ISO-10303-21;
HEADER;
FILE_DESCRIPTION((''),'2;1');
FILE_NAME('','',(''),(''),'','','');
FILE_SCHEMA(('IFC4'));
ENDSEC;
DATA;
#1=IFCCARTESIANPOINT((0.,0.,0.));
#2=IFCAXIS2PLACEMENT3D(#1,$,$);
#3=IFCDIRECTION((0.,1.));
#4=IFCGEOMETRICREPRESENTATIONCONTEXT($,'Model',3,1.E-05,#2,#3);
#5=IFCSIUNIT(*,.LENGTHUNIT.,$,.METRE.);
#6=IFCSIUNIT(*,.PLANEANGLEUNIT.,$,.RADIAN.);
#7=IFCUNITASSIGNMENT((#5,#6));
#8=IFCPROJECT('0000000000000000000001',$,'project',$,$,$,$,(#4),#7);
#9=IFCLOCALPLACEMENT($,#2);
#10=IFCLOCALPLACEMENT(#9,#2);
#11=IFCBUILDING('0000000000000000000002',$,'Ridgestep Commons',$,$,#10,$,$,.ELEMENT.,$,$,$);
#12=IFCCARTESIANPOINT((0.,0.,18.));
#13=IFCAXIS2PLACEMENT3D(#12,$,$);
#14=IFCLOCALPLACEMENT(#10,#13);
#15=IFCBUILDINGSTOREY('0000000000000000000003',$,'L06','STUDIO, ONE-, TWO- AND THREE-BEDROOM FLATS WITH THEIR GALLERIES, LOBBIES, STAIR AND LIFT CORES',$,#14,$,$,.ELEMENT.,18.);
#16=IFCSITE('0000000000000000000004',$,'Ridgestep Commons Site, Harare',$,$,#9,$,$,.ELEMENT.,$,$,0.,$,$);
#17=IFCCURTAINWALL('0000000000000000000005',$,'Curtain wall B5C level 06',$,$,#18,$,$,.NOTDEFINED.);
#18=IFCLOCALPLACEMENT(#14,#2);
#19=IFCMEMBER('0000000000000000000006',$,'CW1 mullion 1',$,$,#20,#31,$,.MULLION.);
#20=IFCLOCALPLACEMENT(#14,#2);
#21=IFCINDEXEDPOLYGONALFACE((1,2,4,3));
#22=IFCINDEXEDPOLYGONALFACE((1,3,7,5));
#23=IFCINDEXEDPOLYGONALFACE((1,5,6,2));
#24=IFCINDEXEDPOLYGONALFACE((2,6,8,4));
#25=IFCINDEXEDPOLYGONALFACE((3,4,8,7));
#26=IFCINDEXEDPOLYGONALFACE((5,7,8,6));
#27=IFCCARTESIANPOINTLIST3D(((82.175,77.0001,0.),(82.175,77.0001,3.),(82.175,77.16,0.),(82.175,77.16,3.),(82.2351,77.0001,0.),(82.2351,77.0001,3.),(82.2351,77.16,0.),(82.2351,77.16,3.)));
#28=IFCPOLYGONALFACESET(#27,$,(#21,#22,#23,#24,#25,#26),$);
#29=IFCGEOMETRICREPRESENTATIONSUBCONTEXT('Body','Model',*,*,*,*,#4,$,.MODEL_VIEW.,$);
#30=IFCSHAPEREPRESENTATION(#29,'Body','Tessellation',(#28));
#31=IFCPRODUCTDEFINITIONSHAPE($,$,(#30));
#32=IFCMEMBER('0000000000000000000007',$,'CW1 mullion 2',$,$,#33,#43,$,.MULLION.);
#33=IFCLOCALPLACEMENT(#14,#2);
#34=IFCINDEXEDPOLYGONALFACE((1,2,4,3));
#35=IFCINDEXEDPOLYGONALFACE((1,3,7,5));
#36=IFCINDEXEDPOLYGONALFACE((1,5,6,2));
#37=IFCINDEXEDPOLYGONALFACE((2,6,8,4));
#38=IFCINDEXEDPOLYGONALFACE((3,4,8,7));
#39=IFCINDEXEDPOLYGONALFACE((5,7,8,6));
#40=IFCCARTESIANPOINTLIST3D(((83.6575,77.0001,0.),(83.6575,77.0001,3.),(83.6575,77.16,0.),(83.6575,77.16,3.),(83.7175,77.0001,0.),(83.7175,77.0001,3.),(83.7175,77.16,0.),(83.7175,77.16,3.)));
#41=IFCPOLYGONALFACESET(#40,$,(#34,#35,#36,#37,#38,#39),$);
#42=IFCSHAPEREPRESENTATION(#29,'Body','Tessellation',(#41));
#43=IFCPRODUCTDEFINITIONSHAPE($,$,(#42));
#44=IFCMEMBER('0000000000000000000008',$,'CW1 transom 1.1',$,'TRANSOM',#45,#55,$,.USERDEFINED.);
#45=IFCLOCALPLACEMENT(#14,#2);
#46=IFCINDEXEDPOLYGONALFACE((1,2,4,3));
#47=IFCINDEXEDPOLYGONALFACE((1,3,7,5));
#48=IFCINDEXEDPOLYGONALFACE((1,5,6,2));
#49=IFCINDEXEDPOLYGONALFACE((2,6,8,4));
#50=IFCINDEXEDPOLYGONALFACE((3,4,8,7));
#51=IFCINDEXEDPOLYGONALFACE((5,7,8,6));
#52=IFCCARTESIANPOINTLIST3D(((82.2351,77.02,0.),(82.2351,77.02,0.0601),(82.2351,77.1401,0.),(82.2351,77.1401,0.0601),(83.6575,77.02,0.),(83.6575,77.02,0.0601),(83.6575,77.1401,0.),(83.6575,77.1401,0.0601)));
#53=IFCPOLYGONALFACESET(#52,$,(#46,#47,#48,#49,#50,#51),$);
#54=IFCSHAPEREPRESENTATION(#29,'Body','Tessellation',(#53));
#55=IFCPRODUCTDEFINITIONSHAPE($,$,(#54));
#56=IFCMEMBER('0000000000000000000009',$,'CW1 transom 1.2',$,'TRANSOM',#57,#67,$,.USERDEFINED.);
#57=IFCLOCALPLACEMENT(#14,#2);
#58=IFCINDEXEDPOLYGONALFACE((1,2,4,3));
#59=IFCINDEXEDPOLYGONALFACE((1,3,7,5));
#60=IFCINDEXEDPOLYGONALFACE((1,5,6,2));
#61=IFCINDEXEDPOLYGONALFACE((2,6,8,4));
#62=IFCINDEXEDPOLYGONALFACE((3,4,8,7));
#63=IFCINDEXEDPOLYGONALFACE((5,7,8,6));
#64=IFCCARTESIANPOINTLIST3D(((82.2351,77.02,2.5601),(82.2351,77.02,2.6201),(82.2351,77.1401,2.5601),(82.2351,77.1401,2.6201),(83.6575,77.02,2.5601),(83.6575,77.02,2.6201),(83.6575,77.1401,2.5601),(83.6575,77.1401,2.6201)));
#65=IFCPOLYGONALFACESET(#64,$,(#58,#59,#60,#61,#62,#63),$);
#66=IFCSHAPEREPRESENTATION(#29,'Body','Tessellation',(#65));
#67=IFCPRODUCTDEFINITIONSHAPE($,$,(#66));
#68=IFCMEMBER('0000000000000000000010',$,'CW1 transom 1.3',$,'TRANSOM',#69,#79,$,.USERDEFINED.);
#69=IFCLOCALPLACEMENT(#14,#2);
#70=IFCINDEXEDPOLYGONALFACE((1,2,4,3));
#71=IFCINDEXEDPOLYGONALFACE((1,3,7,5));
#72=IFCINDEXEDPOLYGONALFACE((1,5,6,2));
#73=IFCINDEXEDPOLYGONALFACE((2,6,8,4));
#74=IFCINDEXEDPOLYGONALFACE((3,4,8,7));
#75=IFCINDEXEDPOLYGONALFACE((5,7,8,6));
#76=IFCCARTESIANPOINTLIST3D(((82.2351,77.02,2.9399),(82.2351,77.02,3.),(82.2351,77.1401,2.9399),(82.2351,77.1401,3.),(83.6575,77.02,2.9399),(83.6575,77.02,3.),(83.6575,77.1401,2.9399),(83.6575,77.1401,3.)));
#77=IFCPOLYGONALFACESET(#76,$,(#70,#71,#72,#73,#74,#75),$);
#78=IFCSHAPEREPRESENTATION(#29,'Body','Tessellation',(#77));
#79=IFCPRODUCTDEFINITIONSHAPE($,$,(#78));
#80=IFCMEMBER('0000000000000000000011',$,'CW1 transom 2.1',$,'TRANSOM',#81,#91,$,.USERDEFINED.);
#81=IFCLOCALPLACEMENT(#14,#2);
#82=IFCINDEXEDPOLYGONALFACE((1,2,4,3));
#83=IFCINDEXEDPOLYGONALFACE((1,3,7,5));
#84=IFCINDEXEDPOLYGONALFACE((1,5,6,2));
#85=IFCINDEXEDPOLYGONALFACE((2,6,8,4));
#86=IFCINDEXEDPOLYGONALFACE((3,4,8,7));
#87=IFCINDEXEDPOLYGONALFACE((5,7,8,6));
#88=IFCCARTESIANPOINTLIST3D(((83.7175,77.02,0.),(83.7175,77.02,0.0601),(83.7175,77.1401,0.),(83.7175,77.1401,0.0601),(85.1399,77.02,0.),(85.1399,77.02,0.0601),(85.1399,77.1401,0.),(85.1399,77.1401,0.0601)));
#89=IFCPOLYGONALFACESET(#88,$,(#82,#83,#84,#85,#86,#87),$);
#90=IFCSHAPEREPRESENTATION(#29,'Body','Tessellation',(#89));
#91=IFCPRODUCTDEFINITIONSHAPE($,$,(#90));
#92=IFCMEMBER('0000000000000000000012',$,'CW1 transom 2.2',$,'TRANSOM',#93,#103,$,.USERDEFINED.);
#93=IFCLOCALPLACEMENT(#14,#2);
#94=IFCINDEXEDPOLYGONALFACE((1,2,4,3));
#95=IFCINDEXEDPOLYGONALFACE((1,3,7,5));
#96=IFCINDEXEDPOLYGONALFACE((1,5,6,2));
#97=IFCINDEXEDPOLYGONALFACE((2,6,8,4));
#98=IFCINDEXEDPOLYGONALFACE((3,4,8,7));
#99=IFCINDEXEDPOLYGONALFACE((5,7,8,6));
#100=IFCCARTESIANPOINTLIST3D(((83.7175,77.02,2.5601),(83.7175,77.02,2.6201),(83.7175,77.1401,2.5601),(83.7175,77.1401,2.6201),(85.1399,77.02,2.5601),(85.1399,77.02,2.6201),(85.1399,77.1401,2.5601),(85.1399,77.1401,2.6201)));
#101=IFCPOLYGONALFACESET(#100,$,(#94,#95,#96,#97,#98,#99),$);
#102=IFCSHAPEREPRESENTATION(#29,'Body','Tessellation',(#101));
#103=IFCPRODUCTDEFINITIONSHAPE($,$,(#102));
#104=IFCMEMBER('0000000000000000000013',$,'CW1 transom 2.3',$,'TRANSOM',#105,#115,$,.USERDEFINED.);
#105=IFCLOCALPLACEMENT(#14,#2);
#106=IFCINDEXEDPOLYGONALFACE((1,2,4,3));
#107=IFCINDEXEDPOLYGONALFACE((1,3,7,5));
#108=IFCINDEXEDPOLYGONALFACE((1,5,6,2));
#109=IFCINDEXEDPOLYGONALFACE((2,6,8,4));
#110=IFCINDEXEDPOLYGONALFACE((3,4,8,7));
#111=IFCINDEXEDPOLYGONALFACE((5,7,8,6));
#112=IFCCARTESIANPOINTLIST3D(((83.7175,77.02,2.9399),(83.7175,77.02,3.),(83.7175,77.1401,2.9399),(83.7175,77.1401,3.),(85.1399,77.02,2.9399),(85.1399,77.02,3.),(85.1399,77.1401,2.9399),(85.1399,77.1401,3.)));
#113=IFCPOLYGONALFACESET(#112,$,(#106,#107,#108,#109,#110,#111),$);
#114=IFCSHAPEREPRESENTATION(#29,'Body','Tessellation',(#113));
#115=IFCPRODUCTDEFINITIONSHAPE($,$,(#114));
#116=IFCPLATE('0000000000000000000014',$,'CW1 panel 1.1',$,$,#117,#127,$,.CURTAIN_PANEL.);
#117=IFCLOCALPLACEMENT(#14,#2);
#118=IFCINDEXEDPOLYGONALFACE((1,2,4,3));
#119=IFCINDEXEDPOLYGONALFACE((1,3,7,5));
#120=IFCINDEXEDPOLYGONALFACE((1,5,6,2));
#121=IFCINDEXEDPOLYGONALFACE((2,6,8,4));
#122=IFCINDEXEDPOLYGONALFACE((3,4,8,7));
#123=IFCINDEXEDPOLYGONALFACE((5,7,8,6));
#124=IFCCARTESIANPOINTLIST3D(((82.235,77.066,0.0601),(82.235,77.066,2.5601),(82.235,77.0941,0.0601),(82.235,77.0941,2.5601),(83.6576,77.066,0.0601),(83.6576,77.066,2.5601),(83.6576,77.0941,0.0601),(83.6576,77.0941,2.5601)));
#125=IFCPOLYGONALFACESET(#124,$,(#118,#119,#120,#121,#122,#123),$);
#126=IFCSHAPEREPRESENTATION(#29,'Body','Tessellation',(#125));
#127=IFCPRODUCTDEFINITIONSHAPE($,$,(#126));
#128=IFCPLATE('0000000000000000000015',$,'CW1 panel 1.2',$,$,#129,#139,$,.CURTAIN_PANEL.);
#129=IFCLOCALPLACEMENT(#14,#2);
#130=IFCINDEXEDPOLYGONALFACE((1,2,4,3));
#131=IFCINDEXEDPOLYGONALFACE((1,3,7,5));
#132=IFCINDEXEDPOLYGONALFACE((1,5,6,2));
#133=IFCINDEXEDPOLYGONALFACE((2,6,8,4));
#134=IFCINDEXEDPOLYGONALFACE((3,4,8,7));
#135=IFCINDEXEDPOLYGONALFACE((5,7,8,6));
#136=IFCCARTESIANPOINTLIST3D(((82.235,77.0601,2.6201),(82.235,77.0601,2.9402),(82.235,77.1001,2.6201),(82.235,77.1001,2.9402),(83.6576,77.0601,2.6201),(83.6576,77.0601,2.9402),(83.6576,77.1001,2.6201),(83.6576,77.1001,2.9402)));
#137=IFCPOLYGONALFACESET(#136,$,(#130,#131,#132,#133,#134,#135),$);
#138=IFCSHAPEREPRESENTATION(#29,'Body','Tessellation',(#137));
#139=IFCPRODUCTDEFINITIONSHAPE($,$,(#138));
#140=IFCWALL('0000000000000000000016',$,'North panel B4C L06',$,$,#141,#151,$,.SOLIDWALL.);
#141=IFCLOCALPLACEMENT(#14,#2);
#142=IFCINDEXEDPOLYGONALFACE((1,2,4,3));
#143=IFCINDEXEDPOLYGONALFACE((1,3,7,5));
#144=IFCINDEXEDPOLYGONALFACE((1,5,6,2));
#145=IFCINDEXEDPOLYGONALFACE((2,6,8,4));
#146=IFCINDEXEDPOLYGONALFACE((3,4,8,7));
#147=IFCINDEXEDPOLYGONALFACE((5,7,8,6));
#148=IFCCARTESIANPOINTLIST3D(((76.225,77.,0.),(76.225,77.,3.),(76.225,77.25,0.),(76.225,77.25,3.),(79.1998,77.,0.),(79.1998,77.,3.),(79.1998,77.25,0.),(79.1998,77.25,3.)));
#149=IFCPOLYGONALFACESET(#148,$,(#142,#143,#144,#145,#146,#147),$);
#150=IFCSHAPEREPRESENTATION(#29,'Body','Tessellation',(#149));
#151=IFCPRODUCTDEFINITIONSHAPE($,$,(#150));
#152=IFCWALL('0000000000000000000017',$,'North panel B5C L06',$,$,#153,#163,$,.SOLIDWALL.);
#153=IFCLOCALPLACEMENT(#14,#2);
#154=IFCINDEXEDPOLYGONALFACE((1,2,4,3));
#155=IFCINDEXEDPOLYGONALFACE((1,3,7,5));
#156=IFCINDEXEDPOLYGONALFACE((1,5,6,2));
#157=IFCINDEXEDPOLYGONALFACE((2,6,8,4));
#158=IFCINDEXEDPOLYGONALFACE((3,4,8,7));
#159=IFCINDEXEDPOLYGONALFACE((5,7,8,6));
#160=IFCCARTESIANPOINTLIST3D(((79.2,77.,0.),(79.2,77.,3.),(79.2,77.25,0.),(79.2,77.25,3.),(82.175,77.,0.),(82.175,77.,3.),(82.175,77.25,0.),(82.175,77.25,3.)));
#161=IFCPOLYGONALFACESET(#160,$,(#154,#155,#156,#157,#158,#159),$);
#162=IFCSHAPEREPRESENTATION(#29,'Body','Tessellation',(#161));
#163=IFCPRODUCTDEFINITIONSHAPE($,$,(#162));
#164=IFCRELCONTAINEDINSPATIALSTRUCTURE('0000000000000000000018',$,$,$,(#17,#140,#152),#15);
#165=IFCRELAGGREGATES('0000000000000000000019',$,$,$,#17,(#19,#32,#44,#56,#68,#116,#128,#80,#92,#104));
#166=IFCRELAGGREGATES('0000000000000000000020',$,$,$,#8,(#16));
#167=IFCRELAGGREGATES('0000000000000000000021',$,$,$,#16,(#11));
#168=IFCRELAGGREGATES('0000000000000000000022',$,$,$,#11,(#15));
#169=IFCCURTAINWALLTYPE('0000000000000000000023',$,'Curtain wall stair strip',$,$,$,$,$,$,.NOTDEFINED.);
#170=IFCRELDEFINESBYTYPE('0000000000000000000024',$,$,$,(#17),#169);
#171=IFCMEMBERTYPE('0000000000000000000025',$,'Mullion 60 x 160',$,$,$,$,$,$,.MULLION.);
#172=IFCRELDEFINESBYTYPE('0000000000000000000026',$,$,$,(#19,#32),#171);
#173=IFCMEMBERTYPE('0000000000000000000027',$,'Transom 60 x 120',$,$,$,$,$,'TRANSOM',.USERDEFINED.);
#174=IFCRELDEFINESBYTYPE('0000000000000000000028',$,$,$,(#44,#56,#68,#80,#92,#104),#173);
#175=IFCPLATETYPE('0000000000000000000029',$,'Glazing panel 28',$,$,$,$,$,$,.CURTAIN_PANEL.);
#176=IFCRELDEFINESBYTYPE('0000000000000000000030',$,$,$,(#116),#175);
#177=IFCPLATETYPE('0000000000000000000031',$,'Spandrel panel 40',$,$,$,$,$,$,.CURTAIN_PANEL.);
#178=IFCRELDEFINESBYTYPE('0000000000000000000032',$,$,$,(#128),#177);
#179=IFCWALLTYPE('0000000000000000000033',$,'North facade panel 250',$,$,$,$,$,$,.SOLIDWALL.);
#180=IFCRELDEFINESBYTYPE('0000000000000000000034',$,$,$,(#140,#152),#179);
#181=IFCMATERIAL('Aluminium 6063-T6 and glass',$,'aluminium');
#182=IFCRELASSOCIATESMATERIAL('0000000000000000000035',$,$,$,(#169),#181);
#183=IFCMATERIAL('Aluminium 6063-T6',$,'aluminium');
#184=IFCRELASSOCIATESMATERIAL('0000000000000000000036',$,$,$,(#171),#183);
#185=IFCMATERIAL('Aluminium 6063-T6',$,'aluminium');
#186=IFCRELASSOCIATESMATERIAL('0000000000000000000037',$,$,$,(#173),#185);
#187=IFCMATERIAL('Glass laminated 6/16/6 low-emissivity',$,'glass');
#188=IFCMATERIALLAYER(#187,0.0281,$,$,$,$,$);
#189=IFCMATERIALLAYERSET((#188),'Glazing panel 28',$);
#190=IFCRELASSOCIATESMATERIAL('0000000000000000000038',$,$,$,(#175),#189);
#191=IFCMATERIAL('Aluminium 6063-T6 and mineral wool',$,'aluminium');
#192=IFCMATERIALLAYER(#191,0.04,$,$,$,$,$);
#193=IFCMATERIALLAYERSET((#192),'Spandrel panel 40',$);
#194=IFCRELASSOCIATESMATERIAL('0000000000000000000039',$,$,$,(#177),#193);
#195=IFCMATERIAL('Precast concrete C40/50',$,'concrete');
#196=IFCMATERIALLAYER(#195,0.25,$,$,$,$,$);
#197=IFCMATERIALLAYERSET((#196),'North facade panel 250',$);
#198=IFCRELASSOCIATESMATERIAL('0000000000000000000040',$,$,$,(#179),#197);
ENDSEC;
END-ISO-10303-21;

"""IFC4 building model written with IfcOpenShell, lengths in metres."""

from ifc_helpers import new_model, si_unit, direction, frame, frame_2d, origin, origin_2d, place, context, subcontext, project, spatial, rectangle, extrude, material, layer, layer_set, material_profile, profile_set, type_object, element, aggregate, save


model = new_model("IFC4")

# Units and contexts
model_context = context("Model", 3, precision=1e-05, world=origin(), true_north=direction((0.0, 1.0)))
body_context = subcontext(model_context, "Body", "Model", "MODEL_VIEW")
ifc_project = project(units=[si_unit("LENGTHUNIT", "METRE"), si_unit("PLANEANGLEUNIT", "RADIAN")], contexts=[model_context])

# Site, building, storey
site_placement = place(None, origin())
site = spatial("IfcSite", under=ifc_project, at=site_placement, Name="Ridgestep Commons Site, Harare", CompositionType="ELEMENT", RefElevation=0.0)
building_placement = place(site_placement, origin())
building = spatial("IfcBuilding", under=site, at=building_placement, Name="Ridgestep Commons", CompositionType="ELEMENT")
storey_placement = place(building_placement, frame((0.0, 0.0, 18.0)))
storey = spatial("IfcBuildingStorey", under=building, at=storey_placement, Name="L06", Description="STUDIO, ONE-, TWO- AND THREE-BEDROOM FLATS WITH THEIR GALLERIES, LOBBIES, STAIR AND LIFT CORES", CompositionType="ELEMENT", Elevation=18.0)

# Curtain wall, members, plates
ifc_material_1 = material(Name="Aluminium 6063-T6 and glass", Category="aluminium")
curtain_wall_type = type_object("IfcCurtainWallType", Name="Curtain wall stair strip", PredefinedType="NOTDEFINED", material=ifc_material_1)
curtain_wall_placement = place(storey_placement, origin())
curtain_wall = element("IfcCurtainWall", 1, at=curtain_wall_placement, inside=storey, type_object=curtain_wall_type, Name="Curtain wall B5C level 06", PredefinedType="NOTDEFINED")
ifc_material_2 = material(Name="Aluminium 6063-T6", Category="aluminium")
ifc_material_profile_1 = material_profile(ifc_material_2, rectangle(XDim=0.1599, YDim=0.0601, at=origin_2d()), Name="Mullion 60 x 160")
ifc_profile_set_1 = profile_set([ifc_material_profile_1], Name="Aluminium 6063-T6")
member_type_1 = type_object("IfcMemberType", Name="Mullion 60 x 160", PredefinedType="MULLION", material=ifc_profile_set_1)
member_1_placement = place(storey_placement, frame((82.2051, 77.0801, 0.0), z_axis=(0.0, 0.0, 1.0), x_axis=(0.0, 1.0, 0.0)))
member_1 = element("IfcMember", 2, at=member_1_placement, type_object=member_type_1, Name="CW1 mullion 1", PredefinedType="MULLION", context=body_context, shape_type="SweptSolid", body=[
    extrude(rectangle(XDim=0.1599, YDim=0.0601, at=origin_2d()), origin(), (0.0, 0.0, 1.0), 3.0),
])
member_2_placement = place(storey_placement, frame((83.6875, 77.0801, 0.0), z_axis=(0.0, 0.0, 1.0), x_axis=(0.0, 1.0, 0.0)))
member_2 = element("IfcMember", 3, at=member_2_placement, type_object=member_type_1, Name="CW1 mullion 2", PredefinedType="MULLION", context=body_context, shape_type="SweptSolid", body=[
    extrude(rectangle(XDim=0.1599, YDim=0.0601, at=origin_2d()), origin(), (0.0, 0.0, 1.0), 3.0),
])
ifc_material_3 = material(Name="Aluminium 6063-T6", Category="aluminium")
ifc_material_profile_2 = material_profile(ifc_material_3, rectangle(XDim=0.1201, YDim=0.0601, at=origin_2d()), Name="Transom 60 x 120")
ifc_profile_set_2 = profile_set([ifc_material_profile_2], Name="Aluminium 6063-T6")
member_type_2 = type_object("IfcMemberType", Name="Transom 60 x 120", ElementType="TRANSOM", PredefinedType="USERDEFINED", material=ifc_profile_set_2)
member_3_placement = place(storey_placement, frame((82.2351, 77.0801, 0.03), z_axis=(1.0, 0.0, 0.0), x_axis=(0.0, 1.0, 0.0)))
member_3 = element("IfcMember", 4, at=member_3_placement, type_object=member_type_2, Name="CW1 transom 1.1", ObjectType="TRANSOM", PredefinedType="USERDEFINED", context=body_context, shape_type="SweptSolid", body=[
    extrude(rectangle(XDim=0.1201, YDim=0.0601, at=origin_2d()), origin(), (0.0, 0.0, 1.0), 1.4224),
])
member_4_placement = place(storey_placement, frame((82.2351, 77.0801, 2.5901), z_axis=(1.0, 0.0, 0.0), x_axis=(0.0, 1.0, 0.0)))
member_4 = element("IfcMember", 5, at=member_4_placement, type_object=member_type_2, Name="CW1 transom 1.2", ObjectType="TRANSOM", PredefinedType="USERDEFINED", context=body_context, shape_type="SweptSolid", body=[
    extrude(rectangle(XDim=0.1201, YDim=0.0601, at=origin_2d()), origin(), (0.0, 0.0, 1.0), 1.4224),
])
member_5_placement = place(storey_placement, frame((82.2351, 77.0801, 2.97), z_axis=(1.0, 0.0, 0.0), x_axis=(0.0, 1.0, 0.0)))
member_5 = element("IfcMember", 6, at=member_5_placement, type_object=member_type_2, Name="CW1 transom 1.3", ObjectType="TRANSOM", PredefinedType="USERDEFINED", context=body_context, shape_type="SweptSolid", body=[
    extrude(rectangle(XDim=0.1201, YDim=0.0601, at=origin_2d()), origin(), (0.0, 0.0, 1.0), 1.4224),
])
member_6_placement = place(storey_placement, frame((83.7175, 77.0801, 0.03), z_axis=(1.0, 0.0, 0.0), x_axis=(0.0, 1.0, 0.0)))
member_6 = element("IfcMember", 7, at=member_6_placement, type_object=member_type_2, Name="CW1 transom 2.1", ObjectType="TRANSOM", PredefinedType="USERDEFINED", context=body_context, shape_type="SweptSolid", body=[
    extrude(rectangle(XDim=0.1201, YDim=0.0601, at=origin_2d()), origin(), (0.0, 0.0, 1.0), 1.4224),
])
member_7_placement = place(storey_placement, frame((83.7175, 77.0801, 2.5901), z_axis=(1.0, 0.0, 0.0), x_axis=(0.0, 1.0, 0.0)))
member_7 = element("IfcMember", 8, at=member_7_placement, type_object=member_type_2, Name="CW1 transom 2.2", ObjectType="TRANSOM", PredefinedType="USERDEFINED", context=body_context, shape_type="SweptSolid", body=[
    extrude(rectangle(XDim=0.1201, YDim=0.0601, at=origin_2d()), origin(), (0.0, 0.0, 1.0), 1.4224),
])
member_8_placement = place(storey_placement, frame((83.7175, 77.0801, 2.97), z_axis=(1.0, 0.0, 0.0), x_axis=(0.0, 1.0, 0.0)))
member_8 = element("IfcMember", 9, at=member_8_placement, type_object=member_type_2, Name="CW1 transom 2.3", ObjectType="TRANSOM", PredefinedType="USERDEFINED", context=body_context, shape_type="SweptSolid", body=[
    extrude(rectangle(XDim=0.1201, YDim=0.0601, at=origin_2d()), origin(), (0.0, 0.0, 1.0), 1.4224),
])
ifc_material_4 = material(Name="Glass laminated 6/16/6 low-emissivity", Category="glass")
ifc_layer_1 = layer(ifc_material_4, 0.0281)
ifc_layer_set_1 = layer_set([ifc_layer_1], Name="Glazing panel 28")
plate_type_1 = type_object("IfcPlateType", Name="Glazing panel 28", PredefinedType="CURTAIN_PANEL", material=ifc_layer_set_1)
plate_1_placement = place(storey_placement, frame((82.9463, 77.0801, 0.0601), z_axis=(0.0, 0.0, 1.0), x_axis=(1.0, 0.0, 0.0)))
plate_1 = element("IfcPlate", 10, at=plate_1_placement, type_object=plate_type_1, Name="CW1 panel 1.1", PredefinedType="CURTAIN_PANEL", context=body_context, shape_type="SweptSolid", body=[
    extrude(rectangle(XDim=1.4226, YDim=0.0281, at=origin_2d()), origin(), (0.0, 0.0, 1.0), 2.5),
])
ifc_material_5 = material(Name="Aluminium 6063-T6 and mineral wool", Category="aluminium")
ifc_layer_2 = layer(ifc_material_5, 0.04)
ifc_layer_set_2 = layer_set([ifc_layer_2], Name="Spandrel panel 40")
plate_type_2 = type_object("IfcPlateType", Name="Spandrel panel 40", PredefinedType="CURTAIN_PANEL", material=ifc_layer_set_2)
plate_2_placement = place(storey_placement, frame((82.9463, 77.0801, 2.6201), z_axis=(0.0, 0.0, 1.0), x_axis=(1.0, 0.0, 0.0)))
plate_2 = element("IfcPlate", 11, at=plate_2_placement, type_object=plate_type_2, Name="CW1 panel 1.2", PredefinedType="CURTAIN_PANEL", context=body_context, shape_type="SweptSolid", body=[
    extrude(rectangle(XDim=1.4226, YDim=0.04, at=origin_2d()), origin(), (0.0, 0.0, 1.0), 0.3201),
])
aggregate(curtain_wall, [member_1, member_2, member_3, member_4, member_5, plate_1, plate_2, member_6, member_7, member_8])

# Walls
ifc_material_6 = material(Name="Precast concrete C40/50", Category="concrete")
ifc_layer_3 = layer(ifc_material_6, 0.25)
ifc_layer_set_3 = layer_set([ifc_layer_3], Name="North facade panel 250")
wall_type = type_object("IfcWallType", Name="North facade panel 250", PredefinedType="SOLIDWALL", material=ifc_layer_set_3)
wall_1_placement = place(storey_placement, frame((76.2251, 77.125, 0.0), z_axis=(0.0, 0.0, 1.0), x_axis=(1.0, 0.0, 0.0)))
element("IfcWall", 12, at=wall_1_placement, inside=storey, type_object=wall_type, Name="North panel B4C L06", PredefinedType="SOLIDWALL", context=body_context, shape_type="SweptSolid", body=[
    extrude(rectangle(XDim=2.9749, YDim=0.25, at=frame_2d((1.4873, 0.0))), origin(), (0.0, 0.0, 1.0), 3.0),
])
wall_2_placement = place(storey_placement, frame((79.2, 77.125, 0.0), z_axis=(0.0, 0.0, 1.0), x_axis=(1.0, 0.0, 0.0)))
element("IfcWall", 13, at=wall_2_placement, inside=storey, type_object=wall_type, Name="North panel B5C L06", PredefinedType="SOLIDWALL", context=body_context, shape_type="SweptSolid", body=[
    extrude(rectangle(XDim=2.9751, YDim=0.25, at=frame_2d((1.4875, 0.0))), origin(), (0.0, 0.0, 1.0), 3.0),
])

save(model, "model.ifc")
